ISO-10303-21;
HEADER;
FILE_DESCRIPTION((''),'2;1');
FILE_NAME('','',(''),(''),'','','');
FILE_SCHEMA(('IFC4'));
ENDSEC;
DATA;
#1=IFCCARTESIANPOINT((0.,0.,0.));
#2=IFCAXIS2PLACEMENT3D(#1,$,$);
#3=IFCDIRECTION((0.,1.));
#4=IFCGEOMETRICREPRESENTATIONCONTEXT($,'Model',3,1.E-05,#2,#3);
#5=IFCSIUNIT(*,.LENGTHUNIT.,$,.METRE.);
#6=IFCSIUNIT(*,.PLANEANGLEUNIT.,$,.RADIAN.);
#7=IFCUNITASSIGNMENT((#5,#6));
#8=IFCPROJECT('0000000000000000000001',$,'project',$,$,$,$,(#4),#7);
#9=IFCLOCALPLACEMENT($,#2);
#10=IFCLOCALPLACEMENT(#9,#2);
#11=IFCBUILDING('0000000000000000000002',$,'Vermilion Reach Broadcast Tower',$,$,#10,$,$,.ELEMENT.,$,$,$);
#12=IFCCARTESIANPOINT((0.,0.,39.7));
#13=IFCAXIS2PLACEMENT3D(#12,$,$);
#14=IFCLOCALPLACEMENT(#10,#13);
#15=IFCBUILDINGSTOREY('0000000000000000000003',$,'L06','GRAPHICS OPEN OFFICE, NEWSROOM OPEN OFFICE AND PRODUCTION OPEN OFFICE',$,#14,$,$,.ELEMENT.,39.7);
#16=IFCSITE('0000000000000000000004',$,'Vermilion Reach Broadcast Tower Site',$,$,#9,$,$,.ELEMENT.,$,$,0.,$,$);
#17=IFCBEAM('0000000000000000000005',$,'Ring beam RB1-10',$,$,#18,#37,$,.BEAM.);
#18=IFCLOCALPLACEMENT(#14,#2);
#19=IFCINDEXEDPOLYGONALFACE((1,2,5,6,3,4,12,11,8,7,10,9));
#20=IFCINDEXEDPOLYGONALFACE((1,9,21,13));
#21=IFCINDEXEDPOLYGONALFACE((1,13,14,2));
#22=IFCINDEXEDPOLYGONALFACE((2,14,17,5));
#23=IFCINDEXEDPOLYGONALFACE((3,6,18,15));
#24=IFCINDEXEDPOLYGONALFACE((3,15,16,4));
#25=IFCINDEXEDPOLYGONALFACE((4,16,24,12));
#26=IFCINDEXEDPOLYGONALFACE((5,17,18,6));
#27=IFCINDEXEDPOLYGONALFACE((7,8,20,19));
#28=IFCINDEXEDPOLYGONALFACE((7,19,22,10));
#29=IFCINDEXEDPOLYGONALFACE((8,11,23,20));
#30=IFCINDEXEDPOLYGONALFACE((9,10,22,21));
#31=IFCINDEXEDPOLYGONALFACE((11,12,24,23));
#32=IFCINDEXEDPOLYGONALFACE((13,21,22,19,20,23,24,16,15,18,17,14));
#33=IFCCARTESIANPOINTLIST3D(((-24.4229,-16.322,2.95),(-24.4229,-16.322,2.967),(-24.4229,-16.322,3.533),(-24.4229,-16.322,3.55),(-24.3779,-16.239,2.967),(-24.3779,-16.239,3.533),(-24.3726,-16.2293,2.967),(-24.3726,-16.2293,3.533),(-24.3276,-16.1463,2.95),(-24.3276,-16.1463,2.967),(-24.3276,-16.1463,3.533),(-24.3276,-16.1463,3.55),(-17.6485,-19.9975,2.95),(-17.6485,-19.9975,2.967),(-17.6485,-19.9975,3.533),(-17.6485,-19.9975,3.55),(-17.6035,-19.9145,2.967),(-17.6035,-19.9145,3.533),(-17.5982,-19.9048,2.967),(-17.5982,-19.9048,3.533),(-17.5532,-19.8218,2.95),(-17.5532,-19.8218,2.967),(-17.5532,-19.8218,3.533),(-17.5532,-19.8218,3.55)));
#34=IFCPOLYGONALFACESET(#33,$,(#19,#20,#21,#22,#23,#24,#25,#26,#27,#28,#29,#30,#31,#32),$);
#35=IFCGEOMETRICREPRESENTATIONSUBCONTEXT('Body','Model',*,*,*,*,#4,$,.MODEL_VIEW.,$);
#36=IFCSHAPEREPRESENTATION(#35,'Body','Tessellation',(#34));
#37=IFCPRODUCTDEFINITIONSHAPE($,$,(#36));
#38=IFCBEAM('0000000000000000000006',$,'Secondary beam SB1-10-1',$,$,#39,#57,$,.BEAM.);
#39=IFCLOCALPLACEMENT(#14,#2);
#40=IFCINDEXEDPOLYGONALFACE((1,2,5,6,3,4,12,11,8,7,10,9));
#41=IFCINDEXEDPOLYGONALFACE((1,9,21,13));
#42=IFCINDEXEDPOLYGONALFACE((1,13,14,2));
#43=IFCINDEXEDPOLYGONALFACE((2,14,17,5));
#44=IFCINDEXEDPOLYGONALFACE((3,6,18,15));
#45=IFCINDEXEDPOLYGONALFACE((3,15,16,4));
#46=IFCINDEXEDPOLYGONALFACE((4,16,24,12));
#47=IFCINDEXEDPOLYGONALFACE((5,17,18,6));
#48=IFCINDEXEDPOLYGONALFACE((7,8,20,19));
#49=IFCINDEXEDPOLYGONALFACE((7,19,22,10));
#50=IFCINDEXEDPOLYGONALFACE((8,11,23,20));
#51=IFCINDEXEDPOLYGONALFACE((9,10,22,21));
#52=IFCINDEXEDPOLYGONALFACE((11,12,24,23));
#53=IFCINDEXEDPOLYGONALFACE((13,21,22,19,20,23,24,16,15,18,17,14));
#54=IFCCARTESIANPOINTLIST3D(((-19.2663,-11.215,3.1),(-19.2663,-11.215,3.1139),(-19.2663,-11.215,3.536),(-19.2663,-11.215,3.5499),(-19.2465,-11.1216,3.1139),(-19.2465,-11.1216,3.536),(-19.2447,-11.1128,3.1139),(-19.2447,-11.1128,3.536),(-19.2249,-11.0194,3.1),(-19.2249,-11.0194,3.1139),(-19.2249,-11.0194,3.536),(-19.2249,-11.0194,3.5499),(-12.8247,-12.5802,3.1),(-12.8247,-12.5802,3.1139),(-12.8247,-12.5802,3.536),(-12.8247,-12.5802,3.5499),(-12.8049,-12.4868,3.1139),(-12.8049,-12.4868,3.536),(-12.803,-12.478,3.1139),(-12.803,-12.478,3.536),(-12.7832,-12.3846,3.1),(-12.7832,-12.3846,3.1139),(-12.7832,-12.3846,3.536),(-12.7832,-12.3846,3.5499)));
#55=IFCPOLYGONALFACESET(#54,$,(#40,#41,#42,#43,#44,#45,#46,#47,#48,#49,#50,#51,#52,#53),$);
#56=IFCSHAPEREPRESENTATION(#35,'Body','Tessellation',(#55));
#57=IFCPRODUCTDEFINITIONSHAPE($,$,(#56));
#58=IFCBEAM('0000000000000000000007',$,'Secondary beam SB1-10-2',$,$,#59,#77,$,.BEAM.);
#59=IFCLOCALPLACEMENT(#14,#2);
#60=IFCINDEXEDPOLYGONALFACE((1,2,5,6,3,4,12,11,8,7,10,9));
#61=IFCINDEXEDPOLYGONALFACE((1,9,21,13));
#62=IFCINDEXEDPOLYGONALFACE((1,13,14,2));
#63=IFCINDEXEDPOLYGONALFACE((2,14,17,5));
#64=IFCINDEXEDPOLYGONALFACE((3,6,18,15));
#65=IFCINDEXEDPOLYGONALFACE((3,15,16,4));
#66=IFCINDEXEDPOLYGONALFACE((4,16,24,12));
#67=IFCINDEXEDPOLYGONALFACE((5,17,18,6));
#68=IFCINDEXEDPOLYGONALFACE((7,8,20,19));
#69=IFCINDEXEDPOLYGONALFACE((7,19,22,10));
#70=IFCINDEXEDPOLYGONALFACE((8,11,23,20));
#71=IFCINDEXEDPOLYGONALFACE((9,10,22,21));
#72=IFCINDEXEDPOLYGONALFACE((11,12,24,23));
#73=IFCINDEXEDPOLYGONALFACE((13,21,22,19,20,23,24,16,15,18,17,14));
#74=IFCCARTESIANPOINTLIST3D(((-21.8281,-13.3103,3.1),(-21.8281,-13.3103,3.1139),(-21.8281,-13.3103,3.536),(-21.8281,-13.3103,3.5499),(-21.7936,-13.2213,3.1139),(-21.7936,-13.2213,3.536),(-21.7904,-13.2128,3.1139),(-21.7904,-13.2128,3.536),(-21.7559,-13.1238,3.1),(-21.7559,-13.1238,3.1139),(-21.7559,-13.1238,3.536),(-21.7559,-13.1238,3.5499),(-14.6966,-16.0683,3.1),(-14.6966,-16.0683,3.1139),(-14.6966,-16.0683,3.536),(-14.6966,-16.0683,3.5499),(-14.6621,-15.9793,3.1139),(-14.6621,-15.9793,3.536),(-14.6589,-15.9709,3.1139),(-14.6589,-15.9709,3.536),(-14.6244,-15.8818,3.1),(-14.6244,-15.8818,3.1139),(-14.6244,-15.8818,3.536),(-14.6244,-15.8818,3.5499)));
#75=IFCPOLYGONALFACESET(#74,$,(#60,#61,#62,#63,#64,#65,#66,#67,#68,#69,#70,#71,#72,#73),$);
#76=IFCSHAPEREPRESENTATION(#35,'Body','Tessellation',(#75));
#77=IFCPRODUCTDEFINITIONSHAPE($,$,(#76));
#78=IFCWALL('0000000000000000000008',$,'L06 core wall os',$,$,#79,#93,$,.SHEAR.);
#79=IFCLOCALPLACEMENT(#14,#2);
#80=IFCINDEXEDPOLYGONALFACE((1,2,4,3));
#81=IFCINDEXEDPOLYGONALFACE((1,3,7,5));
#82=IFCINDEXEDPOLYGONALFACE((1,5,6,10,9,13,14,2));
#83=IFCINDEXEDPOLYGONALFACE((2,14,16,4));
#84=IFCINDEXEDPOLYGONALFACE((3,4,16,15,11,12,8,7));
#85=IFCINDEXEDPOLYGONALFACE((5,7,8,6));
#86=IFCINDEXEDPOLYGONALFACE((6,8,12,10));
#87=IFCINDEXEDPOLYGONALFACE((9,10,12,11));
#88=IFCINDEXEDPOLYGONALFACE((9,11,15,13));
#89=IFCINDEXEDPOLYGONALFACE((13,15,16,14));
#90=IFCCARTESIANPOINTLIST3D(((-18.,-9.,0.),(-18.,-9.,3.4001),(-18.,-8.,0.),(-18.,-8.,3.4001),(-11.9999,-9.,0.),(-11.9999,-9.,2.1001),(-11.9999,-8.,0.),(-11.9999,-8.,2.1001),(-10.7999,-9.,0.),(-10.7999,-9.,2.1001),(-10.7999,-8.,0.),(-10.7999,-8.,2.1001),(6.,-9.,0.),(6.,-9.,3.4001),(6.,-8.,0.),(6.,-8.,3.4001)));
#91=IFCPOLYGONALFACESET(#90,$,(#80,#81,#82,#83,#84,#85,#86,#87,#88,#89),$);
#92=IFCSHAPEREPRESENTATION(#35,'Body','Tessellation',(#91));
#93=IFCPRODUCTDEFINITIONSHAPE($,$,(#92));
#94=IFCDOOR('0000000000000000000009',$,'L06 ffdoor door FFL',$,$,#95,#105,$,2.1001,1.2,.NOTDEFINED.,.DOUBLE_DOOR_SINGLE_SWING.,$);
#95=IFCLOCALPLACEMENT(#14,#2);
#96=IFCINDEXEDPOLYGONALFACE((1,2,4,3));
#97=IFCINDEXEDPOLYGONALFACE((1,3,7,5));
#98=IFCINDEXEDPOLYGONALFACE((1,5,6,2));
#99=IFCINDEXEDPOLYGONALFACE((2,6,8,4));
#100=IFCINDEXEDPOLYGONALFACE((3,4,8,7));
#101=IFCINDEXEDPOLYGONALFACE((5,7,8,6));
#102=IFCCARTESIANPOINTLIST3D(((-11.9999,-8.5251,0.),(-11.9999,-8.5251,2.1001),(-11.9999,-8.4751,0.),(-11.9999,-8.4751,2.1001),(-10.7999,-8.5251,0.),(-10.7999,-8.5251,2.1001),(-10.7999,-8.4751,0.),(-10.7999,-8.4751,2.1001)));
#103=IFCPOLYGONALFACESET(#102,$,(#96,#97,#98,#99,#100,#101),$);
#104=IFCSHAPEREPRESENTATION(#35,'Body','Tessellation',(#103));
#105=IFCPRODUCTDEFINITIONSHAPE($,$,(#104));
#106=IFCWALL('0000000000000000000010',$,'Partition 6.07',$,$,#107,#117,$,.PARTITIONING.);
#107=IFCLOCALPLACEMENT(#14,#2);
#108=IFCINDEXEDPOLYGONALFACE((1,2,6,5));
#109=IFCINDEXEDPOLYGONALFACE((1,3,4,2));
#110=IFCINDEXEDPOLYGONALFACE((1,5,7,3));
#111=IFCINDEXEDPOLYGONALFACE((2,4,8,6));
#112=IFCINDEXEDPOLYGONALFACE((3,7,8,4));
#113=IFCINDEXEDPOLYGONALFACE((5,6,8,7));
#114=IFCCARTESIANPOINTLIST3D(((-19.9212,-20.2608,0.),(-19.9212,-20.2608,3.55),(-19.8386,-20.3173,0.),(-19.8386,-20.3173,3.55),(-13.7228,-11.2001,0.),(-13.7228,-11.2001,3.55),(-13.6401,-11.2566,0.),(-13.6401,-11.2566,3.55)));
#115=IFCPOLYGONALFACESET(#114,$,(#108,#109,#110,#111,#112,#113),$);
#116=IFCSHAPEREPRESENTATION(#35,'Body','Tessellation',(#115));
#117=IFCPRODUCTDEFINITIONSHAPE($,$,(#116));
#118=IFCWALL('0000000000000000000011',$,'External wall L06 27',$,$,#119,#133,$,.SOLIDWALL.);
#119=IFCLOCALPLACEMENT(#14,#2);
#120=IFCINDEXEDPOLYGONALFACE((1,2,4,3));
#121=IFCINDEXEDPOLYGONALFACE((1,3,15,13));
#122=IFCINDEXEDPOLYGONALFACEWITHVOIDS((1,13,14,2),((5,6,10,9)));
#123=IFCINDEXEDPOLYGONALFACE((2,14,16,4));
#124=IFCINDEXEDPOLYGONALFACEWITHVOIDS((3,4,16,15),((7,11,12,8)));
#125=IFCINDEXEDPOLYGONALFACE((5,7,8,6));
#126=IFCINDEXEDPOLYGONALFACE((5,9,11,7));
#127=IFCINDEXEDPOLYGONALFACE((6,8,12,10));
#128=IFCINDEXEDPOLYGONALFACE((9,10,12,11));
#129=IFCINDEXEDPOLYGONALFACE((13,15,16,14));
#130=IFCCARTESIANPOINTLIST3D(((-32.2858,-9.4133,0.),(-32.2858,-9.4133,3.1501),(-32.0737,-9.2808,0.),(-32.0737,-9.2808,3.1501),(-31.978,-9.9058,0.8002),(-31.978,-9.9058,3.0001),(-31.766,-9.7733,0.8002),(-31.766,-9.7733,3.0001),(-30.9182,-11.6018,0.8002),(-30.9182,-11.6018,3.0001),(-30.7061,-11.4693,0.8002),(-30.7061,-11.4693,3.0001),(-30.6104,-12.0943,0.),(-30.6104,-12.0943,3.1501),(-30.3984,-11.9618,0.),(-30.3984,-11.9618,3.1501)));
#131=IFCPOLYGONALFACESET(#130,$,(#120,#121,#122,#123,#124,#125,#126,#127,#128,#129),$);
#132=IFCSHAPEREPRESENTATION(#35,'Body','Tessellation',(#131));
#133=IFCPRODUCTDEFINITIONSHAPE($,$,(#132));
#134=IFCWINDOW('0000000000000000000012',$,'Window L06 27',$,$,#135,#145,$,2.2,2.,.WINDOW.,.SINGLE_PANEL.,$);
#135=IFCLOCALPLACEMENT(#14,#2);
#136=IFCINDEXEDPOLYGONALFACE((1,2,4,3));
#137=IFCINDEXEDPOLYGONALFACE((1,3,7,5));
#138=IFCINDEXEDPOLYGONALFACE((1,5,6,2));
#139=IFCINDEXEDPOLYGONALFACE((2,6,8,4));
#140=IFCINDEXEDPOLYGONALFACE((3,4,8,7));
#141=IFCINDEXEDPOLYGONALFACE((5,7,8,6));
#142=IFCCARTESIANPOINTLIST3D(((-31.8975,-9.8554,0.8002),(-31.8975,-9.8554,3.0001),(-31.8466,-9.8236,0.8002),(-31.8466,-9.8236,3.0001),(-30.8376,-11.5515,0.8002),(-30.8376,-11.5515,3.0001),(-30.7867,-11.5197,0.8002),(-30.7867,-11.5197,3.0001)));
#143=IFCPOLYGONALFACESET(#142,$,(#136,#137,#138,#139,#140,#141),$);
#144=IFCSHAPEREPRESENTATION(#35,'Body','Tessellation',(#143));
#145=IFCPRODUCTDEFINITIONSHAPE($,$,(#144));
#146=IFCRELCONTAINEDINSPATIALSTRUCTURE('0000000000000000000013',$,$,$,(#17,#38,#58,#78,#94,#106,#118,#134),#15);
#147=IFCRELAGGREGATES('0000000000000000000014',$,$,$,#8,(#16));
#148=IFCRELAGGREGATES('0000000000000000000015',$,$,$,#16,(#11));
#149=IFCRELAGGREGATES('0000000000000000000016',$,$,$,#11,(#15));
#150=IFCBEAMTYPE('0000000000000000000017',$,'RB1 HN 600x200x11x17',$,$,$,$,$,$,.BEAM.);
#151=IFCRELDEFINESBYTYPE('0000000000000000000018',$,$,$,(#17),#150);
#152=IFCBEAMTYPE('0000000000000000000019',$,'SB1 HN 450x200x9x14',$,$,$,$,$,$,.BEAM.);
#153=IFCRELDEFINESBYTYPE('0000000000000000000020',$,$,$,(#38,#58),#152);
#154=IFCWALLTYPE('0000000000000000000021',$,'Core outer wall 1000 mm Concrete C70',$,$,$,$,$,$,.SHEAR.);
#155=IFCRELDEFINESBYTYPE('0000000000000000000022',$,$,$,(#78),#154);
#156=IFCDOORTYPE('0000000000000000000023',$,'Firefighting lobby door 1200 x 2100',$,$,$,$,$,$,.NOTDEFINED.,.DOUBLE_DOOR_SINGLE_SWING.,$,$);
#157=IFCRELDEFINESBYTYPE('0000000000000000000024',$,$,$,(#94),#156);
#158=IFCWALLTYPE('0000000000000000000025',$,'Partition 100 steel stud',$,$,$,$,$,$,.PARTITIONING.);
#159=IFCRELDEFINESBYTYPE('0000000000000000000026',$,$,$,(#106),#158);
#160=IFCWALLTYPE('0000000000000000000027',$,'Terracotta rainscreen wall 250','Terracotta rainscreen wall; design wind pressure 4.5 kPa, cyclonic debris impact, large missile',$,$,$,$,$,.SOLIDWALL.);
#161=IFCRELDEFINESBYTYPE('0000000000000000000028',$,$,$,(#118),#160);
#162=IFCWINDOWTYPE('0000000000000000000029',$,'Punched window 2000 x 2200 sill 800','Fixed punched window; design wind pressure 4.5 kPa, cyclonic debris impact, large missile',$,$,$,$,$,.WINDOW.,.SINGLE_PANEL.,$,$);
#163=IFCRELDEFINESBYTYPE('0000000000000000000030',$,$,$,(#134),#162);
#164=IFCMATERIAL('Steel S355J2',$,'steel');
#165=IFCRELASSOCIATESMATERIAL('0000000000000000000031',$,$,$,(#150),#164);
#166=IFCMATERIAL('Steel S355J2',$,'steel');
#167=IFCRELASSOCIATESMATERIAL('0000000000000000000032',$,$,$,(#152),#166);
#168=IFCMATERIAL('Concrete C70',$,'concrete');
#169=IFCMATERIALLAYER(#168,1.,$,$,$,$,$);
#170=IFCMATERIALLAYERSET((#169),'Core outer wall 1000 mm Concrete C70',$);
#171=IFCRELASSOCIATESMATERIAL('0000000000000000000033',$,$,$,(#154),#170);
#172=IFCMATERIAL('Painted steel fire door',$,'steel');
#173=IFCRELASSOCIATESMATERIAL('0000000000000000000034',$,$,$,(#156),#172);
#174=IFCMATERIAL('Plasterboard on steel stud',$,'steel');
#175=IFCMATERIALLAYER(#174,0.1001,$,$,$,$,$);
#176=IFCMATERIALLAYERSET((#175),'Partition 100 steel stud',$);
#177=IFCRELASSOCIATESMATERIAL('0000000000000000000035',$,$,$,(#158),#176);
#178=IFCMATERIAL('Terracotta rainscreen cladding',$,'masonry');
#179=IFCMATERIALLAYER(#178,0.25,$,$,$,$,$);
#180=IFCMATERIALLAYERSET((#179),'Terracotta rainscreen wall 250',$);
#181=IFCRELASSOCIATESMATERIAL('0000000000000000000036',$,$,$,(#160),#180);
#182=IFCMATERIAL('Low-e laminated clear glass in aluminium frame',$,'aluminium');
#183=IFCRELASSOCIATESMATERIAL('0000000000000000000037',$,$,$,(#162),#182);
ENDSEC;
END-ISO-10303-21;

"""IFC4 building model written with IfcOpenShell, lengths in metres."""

from ifc_helpers import new_model, si_unit, direction, frame, frame_2d, origin, origin_2d, place, context, subcontext, project, spatial, rectangle, i_section, extrude, material, layer, layer_set, material_profile, profile_set, type_object, element, fill, save


model = new_model("IFC4")

# Units and contexts
model_context = context("Model", 3, precision=1e-05, world=origin(), true_north=direction((0.0, 1.0)))
body_context = subcontext(model_context, "Body", "Model", "MODEL_VIEW")
ifc_project = project(units=[si_unit("LENGTHUNIT", "METRE"), si_unit("PLANEANGLEUNIT", "RADIAN")], contexts=[model_context])

# Site, building, storey
site_placement = place(None, origin())
site = spatial("IfcSite", under=ifc_project, at=site_placement, Name="Vermilion Reach Broadcast Tower Site", CompositionType="ELEMENT", RefElevation=0.0)
building_placement = place(site_placement, origin())
building = spatial("IfcBuilding", under=site, at=building_placement, Name="Vermilion Reach Broadcast Tower", CompositionType="ELEMENT")
storey_placement = place(building_placement, frame((0.0, 0.0, 39.7)))
storey = spatial("IfcBuildingStorey", under=building, at=storey_placement, Name="L06", Description="GRAPHICS OPEN OFFICE, NEWSROOM OPEN OFFICE AND PRODUCTION OPEN OFFICE", CompositionType="ELEMENT", Elevation=39.7)

# Beams
ifc_material_1 = material(Name="Steel S355J2", Category="steel")
ifc_material_profile_1 = material_profile(ifc_material_1, i_section(OverallWidth=0.2, OverallDepth=0.6001, WebThickness=0.011, FlangeThickness=0.0171, at=origin_2d()), Name="S355J2 HN 600x200x11x17")
ifc_profile_set_1 = profile_set([ifc_material_profile_1], Name="Steel S355J2")
beam_type_1 = type_object("IfcBeamType", Name="RB1 HN 600x200x11x17", PredefinedType="BEAM", material=ifc_profile_set_1)
beam_1_placement = place(storey_placement, frame((-24.3752, -16.2341, 3.25), z_axis=(0.878962, -0.476891, 0.0), x_axis=(0.476891, 0.878962, 0.0)))
element("IfcBeam", 1, at=beam_1_placement, inside=storey, type_object=beam_type_1, Name="Ring beam RB1-10", PredefinedType="BEAM", context=body_context, shape_type="SweptSolid", body=[
    extrude(i_section(OverallWidth=0.2, OverallDepth=0.6001, WebThickness=0.011, FlangeThickness=0.0171, at=origin_2d()), origin(), (0.0, 0.0, 1.0), 7.7073),
])
ifc_material_2 = material(Name="Steel S355J2", Category="steel")
ifc_material_profile_2 = material_profile(ifc_material_2, i_section(OverallWidth=0.2, OverallDepth=0.45, WebThickness=0.009, FlangeThickness=0.0139, at=origin_2d()), Name="S355J2 HN 450x200x9x14")
ifc_profile_set_2 = profile_set([ifc_material_profile_2], Name="Steel S355J2")
beam_type_2 = type_object("IfcBeamType", Name="SB1 HN 450x200x9x14", PredefinedType="BEAM", material=ifc_profile_set_2)
beam_2_placement = place(storey_placement, frame((-19.2456, -11.1172, 3.325), z_axis=(0.97827, -0.207333, 0.0), x_axis=(0.207333, 0.97827, 0.0)))
element("IfcBeam", 2, at=beam_2_placement, inside=storey, type_object=beam_type_2, Name="Secondary beam SB1-10-1", PredefinedType="BEAM", context=body_context, shape_type="SweptSolid", body=[
    extrude(i_section(OverallWidth=0.2, OverallDepth=0.45, WebThickness=0.009, FlangeThickness=0.0139, at=origin_2d()), origin(), (0.0, 0.0, 1.0), 6.5847),
])
beam_3_placement = place(storey_placement, frame((-21.792, -13.217, 3.325), z_axis=(0.932681, -0.360703, 0.0), x_axis=(0.360703, 0.932681, 0.0)))
element("IfcBeam", 3, at=beam_3_placement, inside=storey, type_object=beam_type_2, Name="Secondary beam SB1-10-2", PredefinedType="BEAM", context=body_context, shape_type="SweptSolid", body=[
    extrude(i_section(OverallWidth=0.2, OverallDepth=0.45, WebThickness=0.009, FlangeThickness=0.0139, at=origin_2d()), origin(), (0.0, 0.0, 1.0), 7.6462),
])

# Wall, opening, door
ifc_material_3 = material(Name="Concrete C70", Category="concrete")
ifc_layer_1 = layer(ifc_material_3, 1.0)
ifc_layer_set_1 = layer_set([ifc_layer_1], Name="Core outer wall 1000 mm Concrete C70")
wall_type_1 = type_object("IfcWallType", Name="Core outer wall 1000 mm Concrete C70", PredefinedType="SHEAR", material=ifc_layer_set_1)
wall_1_placement = place(storey_placement, frame((-18.0, -8.5, 0.0), z_axis=(0.0, 0.0, 1.0), x_axis=(1.0, 0.0, 0.0)))
wall_1 = element("IfcWall", 4, at=wall_1_placement, inside=storey, type_object=wall_type_1, Name="L06 core wall os", PredefinedType="SHEAR", context=body_context, shape_type="SweptSolid", body=[
    extrude(rectangle(XDim=24.0, YDim=1.0, at=frame_2d((12.0, 0.0))), origin(), (0.0, 0.0, 1.0), 3.4001),
])
opening_1_placement = place(wall_1_placement, frame((6.0, 0.0, 0.0)))
opening_1 = element("IfcOpeningElement", 5, at=opening_1_placement, cuts=wall_1, PredefinedType="OPENING", context=body_context, shape_type="SweptSolid", body=[
    extrude(rectangle(XDim=1.2, YDim=2.1001, at=frame_2d((0.6001, 1.05))), frame((0.0, 0.51, 0.0), z_axis=(0.0, -1.0, 0.0), x_axis=(1.0, 0.0, 0.0)), (0.0, 0.0, 1.0), 1.02),
])
ifc_material_4 = material(Name="Painted steel fire door", Category="steel")
door_type_1 = type_object("IfcDoorType", Name="Firefighting lobby door 1200 x 2100", OperationType="DOUBLE_DOOR_SINGLE_SWING", PredefinedType="NOTDEFINED", material=ifc_material_4)
door_1_placement = place(opening_1_placement, origin())
door_1 = element("IfcDoor", 6, at=door_1_placement, inside=storey, type_object=door_type_1, Name="L06 ffdoor door FFL", OperationType="DOUBLE_DOOR_SINGLE_SWING", OverallHeight=2.1001, OverallWidth=1.2, PredefinedType="NOTDEFINED", context=body_context, shape_type="SweptSolid", body=[
    extrude(rectangle(XDim=1.2, YDim=2.1001, at=frame_2d((0.6001, 1.05))), frame((0.0, 0.0249, 0.0), z_axis=(0.0, -1.0, 0.0), x_axis=(1.0, 0.0, 0.0)), (0.0, 0.0, 1.0), 0.05),
])
fill(opening_1, door_1)

# Wall
ifc_material_5 = material(Name="Plasterboard on steel stud", Category="steel")
ifc_layer_2 = layer(ifc_material_5, 0.1001)
ifc_layer_set_2 = layer_set([ifc_layer_2], Name="Partition 100 steel stud")
wall_type_2 = type_object("IfcWallType", Name="Partition 100 steel stud", PredefinedType="PARTITIONING", material=ifc_layer_set_2)
wall_2_placement = place(storey_placement, frame((-19.8799, -20.2891, 0.0), z_axis=(0.0, 0.0, 1.0), x_axis=(0.564622, 0.82535, 0.0)))
element("IfcWall", 7, at=wall_2_placement, inside=storey, type_object=wall_type_2, Name="Partition 6.07", PredefinedType="PARTITIONING", context=body_context, shape_type="SweptSolid", body=[
    extrude(rectangle(XDim=10.978, YDim=0.1001, at=frame_2d((5.489, 0.0))), origin(), (0.0, 0.0, 1.0), 3.55),
])

# Wall, opening, window
ifc_material_6 = material(Name="Terracotta rainscreen cladding", Category="masonry")
ifc_layer_3 = layer(ifc_material_6, 0.25)
ifc_layer_set_3 = layer_set([ifc_layer_3], Name="Terracotta rainscreen wall 250")
wall_type_3 = type_object("IfcWallType", Name="Terracotta rainscreen wall 250", Description="Terracotta rainscreen wall; design wind pressure 4.5 kPa, cyclonic debris impact, large missile", PredefinedType="SOLIDWALL", material=ifc_layer_set_3)
wall_3_placement = place(storey_placement, frame((-32.1797, -9.3472, 0.0), z_axis=(0.0, 0.0, 1.0), x_axis=(0.529936, -0.848037, 0.0)))
wall_3 = element("IfcWall", 8, at=wall_3_placement, inside=storey, type_object=wall_type_3, Name="External wall L06 27", PredefinedType="SOLIDWALL", context=body_context, shape_type="SweptSolid", body=[
    extrude(rectangle(XDim=3.1614, YDim=0.25, at=frame_2d((1.5806, 0.0))), origin(), (0.0, 0.0, 1.0), 3.1501),
])
opening_2_placement = place(wall_3_placement, frame((0.5806, 0.0, 0.8)))
opening_2 = element("IfcOpeningElement", 9, at=opening_2_placement, cuts=wall_3, PredefinedType="OPENING", context=body_context, shape_type="SweptSolid", body=[
    extrude(rectangle(XDim=2.0, YDim=2.2, at=frame_2d((1.0, 1.1001))), frame((0.0, 0.135, 0.0), z_axis=(0.0, -1.0, 0.0), x_axis=(1.0, 0.0, 0.0)), (0.0, 0.0, 1.0), 0.27),
])
ifc_material_7 = material(Name="Low-e laminated clear glass in aluminium frame", Category="aluminium")
window_type = type_object("IfcWindowType", Name="Punched window 2000 x 2200 sill 800", Description="Fixed punched window; design wind pressure 4.5 kPa, cyclonic debris impact, large missile", PartitioningType="SINGLE_PANEL", PredefinedType="WINDOW", material=ifc_material_7)
window_1_placement = place(opening_2_placement, origin())
window_1 = element("IfcWindow", 10, at=window_1_placement, inside=storey, type_object=window_type, Name="Window L06 27", OverallHeight=2.2, OverallWidth=2.0, PartitioningType="SINGLE_PANEL", PredefinedType="WINDOW", context=body_context, shape_type="SweptSolid", body=[
    extrude(rectangle(XDim=2.0, YDim=2.2, at=frame_2d((1.0, 1.1001))), frame((0.0, 0.03, 0.0), z_axis=(0.0, -1.0, 0.0), x_axis=(1.0, 0.0, 0.0)), (0.0, 0.0, 1.0), 0.0601),
])
fill(opening_2, window_1)

save(model, "model.ifc")
